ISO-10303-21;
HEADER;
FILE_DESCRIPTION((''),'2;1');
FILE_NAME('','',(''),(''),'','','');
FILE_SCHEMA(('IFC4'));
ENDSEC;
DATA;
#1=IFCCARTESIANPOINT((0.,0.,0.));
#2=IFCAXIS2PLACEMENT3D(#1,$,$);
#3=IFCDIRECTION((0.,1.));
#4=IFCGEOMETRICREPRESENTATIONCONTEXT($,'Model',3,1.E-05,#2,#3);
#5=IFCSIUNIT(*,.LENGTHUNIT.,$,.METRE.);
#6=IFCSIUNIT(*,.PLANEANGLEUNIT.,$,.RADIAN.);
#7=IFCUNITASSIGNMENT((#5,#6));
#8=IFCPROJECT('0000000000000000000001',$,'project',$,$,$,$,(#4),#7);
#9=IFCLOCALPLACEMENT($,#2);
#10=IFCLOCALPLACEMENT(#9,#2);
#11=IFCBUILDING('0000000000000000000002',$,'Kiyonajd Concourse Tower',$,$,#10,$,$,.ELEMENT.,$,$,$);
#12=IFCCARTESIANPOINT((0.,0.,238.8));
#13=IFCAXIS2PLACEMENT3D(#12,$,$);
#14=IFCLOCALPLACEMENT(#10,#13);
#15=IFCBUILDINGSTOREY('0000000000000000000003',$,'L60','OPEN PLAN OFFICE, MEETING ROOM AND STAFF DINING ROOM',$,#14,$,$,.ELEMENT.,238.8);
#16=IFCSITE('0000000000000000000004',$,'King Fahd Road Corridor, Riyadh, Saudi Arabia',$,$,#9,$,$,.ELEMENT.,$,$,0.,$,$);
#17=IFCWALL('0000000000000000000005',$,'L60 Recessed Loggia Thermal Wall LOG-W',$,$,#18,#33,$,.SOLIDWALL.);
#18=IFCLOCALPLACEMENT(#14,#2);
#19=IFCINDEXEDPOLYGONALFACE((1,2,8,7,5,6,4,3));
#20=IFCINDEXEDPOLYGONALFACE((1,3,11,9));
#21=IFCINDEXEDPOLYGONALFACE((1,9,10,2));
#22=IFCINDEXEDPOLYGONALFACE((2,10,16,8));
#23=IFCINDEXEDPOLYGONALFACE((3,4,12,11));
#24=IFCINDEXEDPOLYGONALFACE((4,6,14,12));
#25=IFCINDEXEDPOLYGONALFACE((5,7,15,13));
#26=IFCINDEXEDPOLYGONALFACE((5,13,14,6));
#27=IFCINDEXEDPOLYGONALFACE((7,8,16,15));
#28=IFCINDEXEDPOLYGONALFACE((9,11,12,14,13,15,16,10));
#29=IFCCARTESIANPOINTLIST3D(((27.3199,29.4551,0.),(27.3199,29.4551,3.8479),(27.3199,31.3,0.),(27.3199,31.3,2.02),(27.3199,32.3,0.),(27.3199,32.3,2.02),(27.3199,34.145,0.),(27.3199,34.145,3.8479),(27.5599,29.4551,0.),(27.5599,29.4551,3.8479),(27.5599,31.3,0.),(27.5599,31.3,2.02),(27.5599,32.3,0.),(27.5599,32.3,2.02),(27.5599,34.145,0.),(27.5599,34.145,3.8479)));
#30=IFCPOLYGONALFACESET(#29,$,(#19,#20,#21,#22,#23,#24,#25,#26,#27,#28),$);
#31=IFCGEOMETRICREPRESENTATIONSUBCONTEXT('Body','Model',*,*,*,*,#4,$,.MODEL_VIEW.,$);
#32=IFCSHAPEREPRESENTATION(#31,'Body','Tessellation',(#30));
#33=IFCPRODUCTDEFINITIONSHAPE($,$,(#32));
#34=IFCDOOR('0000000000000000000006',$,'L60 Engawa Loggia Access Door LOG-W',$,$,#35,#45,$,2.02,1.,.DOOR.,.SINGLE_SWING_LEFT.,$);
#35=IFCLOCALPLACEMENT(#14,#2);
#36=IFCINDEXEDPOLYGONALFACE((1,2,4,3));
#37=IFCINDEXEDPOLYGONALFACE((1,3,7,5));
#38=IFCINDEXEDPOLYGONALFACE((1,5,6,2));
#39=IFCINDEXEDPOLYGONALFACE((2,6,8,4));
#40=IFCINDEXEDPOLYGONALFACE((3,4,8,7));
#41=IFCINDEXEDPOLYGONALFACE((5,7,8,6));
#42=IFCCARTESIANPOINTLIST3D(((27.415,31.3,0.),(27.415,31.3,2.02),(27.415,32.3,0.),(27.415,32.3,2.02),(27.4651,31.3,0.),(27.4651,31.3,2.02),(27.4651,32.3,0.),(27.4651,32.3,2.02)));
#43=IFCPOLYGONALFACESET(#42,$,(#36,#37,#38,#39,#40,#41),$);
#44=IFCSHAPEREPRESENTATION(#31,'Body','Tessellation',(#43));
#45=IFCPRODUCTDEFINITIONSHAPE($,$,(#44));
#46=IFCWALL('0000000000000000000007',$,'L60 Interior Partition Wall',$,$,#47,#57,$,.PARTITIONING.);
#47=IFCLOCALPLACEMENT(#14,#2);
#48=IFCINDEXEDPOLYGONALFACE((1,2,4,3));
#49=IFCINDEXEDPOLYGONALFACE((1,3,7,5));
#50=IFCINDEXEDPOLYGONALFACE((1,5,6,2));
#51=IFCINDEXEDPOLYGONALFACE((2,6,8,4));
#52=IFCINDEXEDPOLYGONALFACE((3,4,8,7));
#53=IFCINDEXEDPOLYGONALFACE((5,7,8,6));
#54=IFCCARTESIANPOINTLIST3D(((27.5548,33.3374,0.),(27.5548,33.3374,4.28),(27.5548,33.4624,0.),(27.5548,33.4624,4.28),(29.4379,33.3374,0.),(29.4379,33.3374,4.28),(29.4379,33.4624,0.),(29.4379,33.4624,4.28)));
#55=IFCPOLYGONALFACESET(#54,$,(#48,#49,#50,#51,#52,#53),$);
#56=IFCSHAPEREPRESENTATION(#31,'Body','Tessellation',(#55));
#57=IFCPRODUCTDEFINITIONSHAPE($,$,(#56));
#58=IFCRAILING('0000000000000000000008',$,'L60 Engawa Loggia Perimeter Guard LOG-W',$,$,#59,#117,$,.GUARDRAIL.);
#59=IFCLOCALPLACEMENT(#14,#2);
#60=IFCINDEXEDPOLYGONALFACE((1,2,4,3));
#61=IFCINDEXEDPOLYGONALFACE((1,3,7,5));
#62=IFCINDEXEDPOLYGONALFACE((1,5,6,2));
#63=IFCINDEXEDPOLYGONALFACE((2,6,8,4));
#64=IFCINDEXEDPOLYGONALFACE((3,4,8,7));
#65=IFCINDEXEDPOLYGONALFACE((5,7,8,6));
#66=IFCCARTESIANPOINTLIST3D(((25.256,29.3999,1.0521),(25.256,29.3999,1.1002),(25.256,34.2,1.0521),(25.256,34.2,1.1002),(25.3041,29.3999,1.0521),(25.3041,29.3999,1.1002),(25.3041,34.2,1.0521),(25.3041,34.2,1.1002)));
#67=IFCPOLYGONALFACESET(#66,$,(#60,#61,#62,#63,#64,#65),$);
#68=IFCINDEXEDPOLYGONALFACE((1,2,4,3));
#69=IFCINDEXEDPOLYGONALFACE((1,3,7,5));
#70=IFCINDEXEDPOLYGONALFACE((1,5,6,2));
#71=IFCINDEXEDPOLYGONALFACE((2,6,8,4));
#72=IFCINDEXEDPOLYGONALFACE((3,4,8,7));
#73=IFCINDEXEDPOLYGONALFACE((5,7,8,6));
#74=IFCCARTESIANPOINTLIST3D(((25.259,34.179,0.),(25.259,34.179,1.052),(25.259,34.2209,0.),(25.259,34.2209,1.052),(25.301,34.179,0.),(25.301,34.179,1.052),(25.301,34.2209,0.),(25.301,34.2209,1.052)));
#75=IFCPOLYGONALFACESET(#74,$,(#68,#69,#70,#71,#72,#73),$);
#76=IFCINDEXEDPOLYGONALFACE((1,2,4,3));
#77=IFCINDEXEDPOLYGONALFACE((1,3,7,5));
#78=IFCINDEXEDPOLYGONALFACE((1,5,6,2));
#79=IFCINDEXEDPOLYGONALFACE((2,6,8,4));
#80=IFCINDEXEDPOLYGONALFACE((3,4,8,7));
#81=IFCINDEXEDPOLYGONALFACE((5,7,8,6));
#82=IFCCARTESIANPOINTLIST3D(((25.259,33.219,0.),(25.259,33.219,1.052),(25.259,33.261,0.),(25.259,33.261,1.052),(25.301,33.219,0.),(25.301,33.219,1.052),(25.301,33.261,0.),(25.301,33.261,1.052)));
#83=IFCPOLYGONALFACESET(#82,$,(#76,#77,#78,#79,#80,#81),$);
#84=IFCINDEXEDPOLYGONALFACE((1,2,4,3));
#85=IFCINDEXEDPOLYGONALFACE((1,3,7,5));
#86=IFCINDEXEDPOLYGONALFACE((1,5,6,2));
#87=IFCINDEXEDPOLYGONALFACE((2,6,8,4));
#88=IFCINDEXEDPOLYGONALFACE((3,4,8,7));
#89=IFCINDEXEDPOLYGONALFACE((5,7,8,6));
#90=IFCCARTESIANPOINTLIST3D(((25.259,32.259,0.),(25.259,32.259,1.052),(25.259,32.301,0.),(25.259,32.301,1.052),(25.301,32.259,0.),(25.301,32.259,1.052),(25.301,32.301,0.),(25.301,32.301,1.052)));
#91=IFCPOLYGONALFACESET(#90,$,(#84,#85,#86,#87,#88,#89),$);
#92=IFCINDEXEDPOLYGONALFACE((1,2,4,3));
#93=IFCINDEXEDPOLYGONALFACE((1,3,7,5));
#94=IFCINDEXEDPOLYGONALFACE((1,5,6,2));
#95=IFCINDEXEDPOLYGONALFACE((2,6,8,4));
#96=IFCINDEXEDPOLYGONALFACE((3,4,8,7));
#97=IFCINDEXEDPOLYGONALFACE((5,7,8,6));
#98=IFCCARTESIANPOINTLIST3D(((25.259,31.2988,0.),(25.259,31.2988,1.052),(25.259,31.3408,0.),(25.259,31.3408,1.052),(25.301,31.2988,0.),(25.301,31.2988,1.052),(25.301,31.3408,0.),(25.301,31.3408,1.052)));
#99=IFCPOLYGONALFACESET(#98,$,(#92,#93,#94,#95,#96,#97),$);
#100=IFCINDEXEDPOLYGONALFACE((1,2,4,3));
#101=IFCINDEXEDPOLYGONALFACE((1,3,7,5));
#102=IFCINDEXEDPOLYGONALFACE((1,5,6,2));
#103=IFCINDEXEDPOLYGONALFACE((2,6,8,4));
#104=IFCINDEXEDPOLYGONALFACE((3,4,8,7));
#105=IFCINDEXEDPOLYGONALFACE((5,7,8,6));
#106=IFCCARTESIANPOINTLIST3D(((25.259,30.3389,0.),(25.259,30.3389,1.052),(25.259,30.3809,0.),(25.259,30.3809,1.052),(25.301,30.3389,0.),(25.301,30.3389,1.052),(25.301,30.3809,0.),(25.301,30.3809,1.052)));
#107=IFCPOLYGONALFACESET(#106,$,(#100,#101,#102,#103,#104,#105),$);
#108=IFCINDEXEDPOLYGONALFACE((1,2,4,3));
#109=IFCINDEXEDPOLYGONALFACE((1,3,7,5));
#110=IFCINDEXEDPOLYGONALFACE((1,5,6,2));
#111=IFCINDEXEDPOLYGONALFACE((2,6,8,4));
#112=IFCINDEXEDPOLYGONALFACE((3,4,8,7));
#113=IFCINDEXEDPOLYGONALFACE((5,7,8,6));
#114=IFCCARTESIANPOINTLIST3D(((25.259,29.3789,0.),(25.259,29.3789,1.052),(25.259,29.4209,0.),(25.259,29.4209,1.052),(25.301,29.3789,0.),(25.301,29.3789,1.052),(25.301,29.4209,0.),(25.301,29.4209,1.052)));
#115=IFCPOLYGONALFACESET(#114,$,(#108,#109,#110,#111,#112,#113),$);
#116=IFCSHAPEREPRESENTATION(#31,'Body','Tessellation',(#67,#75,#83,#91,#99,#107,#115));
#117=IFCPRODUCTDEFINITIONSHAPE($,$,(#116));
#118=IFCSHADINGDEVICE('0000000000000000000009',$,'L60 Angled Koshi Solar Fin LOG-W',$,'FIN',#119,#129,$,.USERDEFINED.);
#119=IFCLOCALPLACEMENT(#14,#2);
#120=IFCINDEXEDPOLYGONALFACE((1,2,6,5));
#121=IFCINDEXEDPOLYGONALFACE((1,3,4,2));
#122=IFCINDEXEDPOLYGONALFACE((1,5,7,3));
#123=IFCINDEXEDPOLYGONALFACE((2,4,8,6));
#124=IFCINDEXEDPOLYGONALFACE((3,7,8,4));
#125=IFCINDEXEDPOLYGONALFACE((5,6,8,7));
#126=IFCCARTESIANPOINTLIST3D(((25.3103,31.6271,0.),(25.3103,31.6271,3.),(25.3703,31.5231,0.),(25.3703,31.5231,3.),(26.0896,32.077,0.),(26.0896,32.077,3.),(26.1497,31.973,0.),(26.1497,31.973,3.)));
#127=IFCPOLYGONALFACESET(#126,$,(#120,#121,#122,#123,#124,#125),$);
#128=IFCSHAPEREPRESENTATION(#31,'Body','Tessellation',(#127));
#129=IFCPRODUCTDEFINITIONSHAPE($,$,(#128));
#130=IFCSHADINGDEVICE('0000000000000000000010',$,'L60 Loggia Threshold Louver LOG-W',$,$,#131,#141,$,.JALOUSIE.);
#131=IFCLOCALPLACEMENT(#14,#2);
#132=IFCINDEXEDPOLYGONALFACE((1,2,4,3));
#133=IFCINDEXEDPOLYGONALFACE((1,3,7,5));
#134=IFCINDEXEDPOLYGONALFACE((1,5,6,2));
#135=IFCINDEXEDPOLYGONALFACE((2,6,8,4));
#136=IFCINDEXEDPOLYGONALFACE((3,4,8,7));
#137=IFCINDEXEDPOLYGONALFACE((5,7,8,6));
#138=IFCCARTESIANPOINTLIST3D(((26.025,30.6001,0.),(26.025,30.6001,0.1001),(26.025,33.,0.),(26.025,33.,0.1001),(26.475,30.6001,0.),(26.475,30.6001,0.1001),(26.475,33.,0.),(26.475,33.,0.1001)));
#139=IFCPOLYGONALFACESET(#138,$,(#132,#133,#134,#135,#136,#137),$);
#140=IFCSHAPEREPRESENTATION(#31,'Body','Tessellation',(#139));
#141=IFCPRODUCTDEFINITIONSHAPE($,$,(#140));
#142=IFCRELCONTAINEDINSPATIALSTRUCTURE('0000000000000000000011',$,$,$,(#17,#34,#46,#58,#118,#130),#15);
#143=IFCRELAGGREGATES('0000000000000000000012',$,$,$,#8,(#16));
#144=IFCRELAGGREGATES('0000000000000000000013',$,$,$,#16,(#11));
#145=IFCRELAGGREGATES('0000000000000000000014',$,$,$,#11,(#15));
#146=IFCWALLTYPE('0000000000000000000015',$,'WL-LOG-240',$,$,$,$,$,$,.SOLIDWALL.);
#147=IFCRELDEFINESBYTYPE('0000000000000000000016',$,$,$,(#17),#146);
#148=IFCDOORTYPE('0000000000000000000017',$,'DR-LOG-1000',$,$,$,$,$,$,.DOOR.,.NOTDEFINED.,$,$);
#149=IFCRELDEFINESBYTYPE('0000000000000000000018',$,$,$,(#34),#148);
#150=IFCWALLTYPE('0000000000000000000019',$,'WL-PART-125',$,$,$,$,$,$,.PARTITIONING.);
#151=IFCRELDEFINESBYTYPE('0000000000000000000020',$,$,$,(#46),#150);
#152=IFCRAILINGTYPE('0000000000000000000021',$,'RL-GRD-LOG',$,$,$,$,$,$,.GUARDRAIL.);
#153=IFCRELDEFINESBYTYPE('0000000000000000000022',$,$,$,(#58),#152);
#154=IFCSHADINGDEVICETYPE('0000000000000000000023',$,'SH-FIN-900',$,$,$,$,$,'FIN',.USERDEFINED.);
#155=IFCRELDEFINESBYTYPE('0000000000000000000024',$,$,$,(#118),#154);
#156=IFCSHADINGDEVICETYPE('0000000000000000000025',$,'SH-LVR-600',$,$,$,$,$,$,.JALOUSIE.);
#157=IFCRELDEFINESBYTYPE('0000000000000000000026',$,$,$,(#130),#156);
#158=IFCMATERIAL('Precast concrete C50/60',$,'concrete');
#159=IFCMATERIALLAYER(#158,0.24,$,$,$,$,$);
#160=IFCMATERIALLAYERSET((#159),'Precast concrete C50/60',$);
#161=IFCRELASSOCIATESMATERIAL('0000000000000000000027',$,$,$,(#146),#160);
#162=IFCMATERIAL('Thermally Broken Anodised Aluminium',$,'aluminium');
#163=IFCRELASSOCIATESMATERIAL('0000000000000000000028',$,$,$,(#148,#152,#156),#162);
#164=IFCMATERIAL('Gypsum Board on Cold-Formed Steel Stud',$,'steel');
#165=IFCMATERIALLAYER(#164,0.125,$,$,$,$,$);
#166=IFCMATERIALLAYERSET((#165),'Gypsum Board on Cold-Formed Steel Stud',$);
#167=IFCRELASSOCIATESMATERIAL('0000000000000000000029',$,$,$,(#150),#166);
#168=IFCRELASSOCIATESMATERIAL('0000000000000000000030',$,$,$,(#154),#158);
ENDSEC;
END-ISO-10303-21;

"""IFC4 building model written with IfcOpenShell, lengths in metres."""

from ifc_helpers import new_model, si_unit, direction, frame, frame_2d, origin, origin_2d, place, context, subcontext, project, spatial, rectangle, extrude, material, layer, layer_set, type_object, element, fill, save


model = new_model("IFC4")

# Units and contexts
model_context = context("Model", 3, precision=1e-05, world=origin(), true_north=direction((0.0, 1.0)))
body_context = subcontext(model_context, "Body", "Model", "MODEL_VIEW")
ifc_project = project(units=[si_unit("LENGTHUNIT", "METRE"), si_unit("PLANEANGLEUNIT", "RADIAN")], contexts=[model_context])

# Site, building, storey
site_placement = place(None, origin())
site = spatial("IfcSite", under=ifc_project, at=site_placement, Name="King Fahd Road Corridor, Riyadh, Saudi Arabia", CompositionType="ELEMENT", RefElevation=0.0)
building_placement = place(site_placement, origin())
building = spatial("IfcBuilding", under=site, at=building_placement, Name="Kiyonajd Concourse Tower", CompositionType="ELEMENT")
storey_placement = place(building_placement, frame((0.0, 0.0, 238.8)))
storey = spatial("IfcBuildingStorey", under=building, at=storey_placement, Name="L60", Description="OPEN PLAN OFFICE, MEETING ROOM AND STAFF DINING ROOM", CompositionType="ELEMENT", Elevation=238.8)

# Shared definitions
ifc_material_1 = material(Name="Thermally Broken Anodised Aluminium", Category="aluminium")

# Shared definitions
ifc_material_2 = material(Name="Precast concrete C50/60", Category="concrete")

# Wall, opening, door
ifc_layer_1 = layer(ifc_material_2, 0.24)
ifc_layer_set_1 = layer_set([ifc_layer_1], Name="Precast concrete C50/60")
wall_type_1 = type_object("IfcWallType", Name="WL-LOG-240", PredefinedType="SOLIDWALL", material=ifc_layer_set_1)
wall_1_placement = place(storey_placement, frame((27.4399, 29.4551, 0.0), z_axis=(0.0, 0.0, 1.0), x_axis=(0.0, 1.0, 0.0)))
wall_1 = element("IfcWall", 1, at=wall_1_placement, inside=storey, type_object=wall_type_1, Name="L60 Recessed Loggia Thermal Wall LOG-W", PredefinedType="SOLIDWALL", context=body_context, shape_type="SweptSolid", body=[
    extrude(rectangle(XDim=4.6899, YDim=0.24, at=frame_2d((2.345, 0.0))), origin(), (0.0, 0.0, 1.0), 3.8479),
])
opening_placement = place(wall_1_placement, frame((1.845, 0.0, 0.0)))
opening = element("IfcOpeningElement", 2, at=opening_placement, cuts=wall_1, PredefinedType="OPENING", context=body_context, shape_type="SweptSolid", body=[
    extrude(rectangle(XDim=1.0, YDim=2.02, at=frame_2d((0.5, 1.01))), frame((0.0, 0.1299, 0.0), z_axis=(0.0, -1.0, 0.0), x_axis=(1.0, 0.0, 0.0)), (0.0, 0.0, 1.0), 0.26),
])
door_type = type_object("IfcDoorType", Name="DR-LOG-1000", OperationType="NOTDEFINED", PredefinedType="DOOR", material=ifc_material_1)
door_placement = place(opening_placement, origin())
door = element("IfcDoor", 3, at=door_placement, inside=storey, type_object=door_type, Name="L60 Engawa Loggia Access Door LOG-W", OperationType="SINGLE_SWING_LEFT", OverallHeight=2.02, OverallWidth=1.0, PredefinedType="DOOR", context=body_context, shape_type="SweptSolid", body=[
    extrude(rectangle(XDim=1.0, YDim=2.02, at=frame_2d((0.5, 1.01))), frame((0.0, 0.0249, 0.0), z_axis=(0.0, -1.0, 0.0), x_axis=(1.0, 0.0, 0.0)), (0.0, 0.0, 1.0), 0.05),
])
fill(opening, door)

# Wall
ifc_material_3 = material(Name="Gypsum Board on Cold-Formed Steel Stud", Category="steel")
ifc_layer_2 = layer(ifc_material_3, 0.125)
ifc_layer_set_2 = layer_set([ifc_layer_2], Name="Gypsum Board on Cold-Formed Steel Stud")
wall_type_2 = type_object("IfcWallType", Name="WL-PART-125", PredefinedType="PARTITIONING", material=ifc_layer_set_2)
wall_2_placement = place(storey_placement, frame((27.5549, 33.3999, 0.0), z_axis=(0.0, 0.0, 1.0), x_axis=(1.0, 0.0, 0.0)))
element("IfcWall", 4, at=wall_2_placement, inside=storey, type_object=wall_type_2, Name="L60 Interior Partition Wall", PredefinedType="PARTITIONING", context=body_context, shape_type="SweptSolid", body=[
    extrude(rectangle(XDim=1.8831, YDim=0.125, at=frame_2d((0.9414, 0.0))), origin(), (0.0, 0.0, 1.0), 4.28),
])

# Railing
railing_type = type_object("IfcRailingType", Name="RL-GRD-LOG", PredefinedType="GUARDRAIL", material=ifc_material_1)
railing_placement = place(storey_placement, frame((25.28, 34.2, 0.0)))
element("IfcRailing", 5, at=railing_placement, inside=storey, type_object=railing_type, Name="L60 Engawa Loggia Perimeter Guard LOG-W", PredefinedType="GUARDRAIL", context=body_context, shape_type="SweptSolid", body=[
    extrude(rectangle(XDim=0.0481, YDim=0.0481, at=origin_2d()), frame((0.0, 0.0, 1.0762), z_axis=(0.0, -1.0, 0.0), x_axis=(1.0, 0.0, 0.0)), (0.0, 0.0, 1.0), 4.8),
    extrude(rectangle(XDim=0.042, YDim=0.042, at=origin_2d()), origin(), (0.0, 0.0, 1.0), 1.052),
    extrude(rectangle(XDim=0.042, YDim=0.042, at=origin_2d()), frame((0.0, -0.96, 0.0)), (0.0, 0.0, 1.0), 1.052),
    extrude(rectangle(XDim=0.042, YDim=0.042, at=origin_2d()), frame((0.0, -1.9199, 0.0)), (0.0, 0.0, 1.0), 1.052),
    extrude(rectangle(XDim=0.042, YDim=0.042, at=origin_2d()), frame((0.0, -2.8801, 0.0)), (0.0, 0.0, 1.0), 1.052),
    extrude(rectangle(XDim=0.042, YDim=0.042, at=origin_2d()), frame((0.0, -3.8401, 0.0)), (0.0, 0.0, 1.0), 1.052),
    extrude(rectangle(XDim=0.042, YDim=0.042, at=origin_2d()), frame((0.0, -4.8, 0.0)), (0.0, 0.0, 1.0), 1.052),
])

# Shading devices
shading_device_type_1 = type_object("IfcShadingDeviceType", Name="SH-FIN-900", ElementType="FIN", PredefinedType="USERDEFINED", material=ifc_material_2)
shading_device_1_placement = place(storey_placement, frame((25.73, 31.8, 0.0), z_axis=(0.0, 0.0, 1.0), x_axis=(0.866025, 0.5, 0.0)))
element("IfcShadingDevice", 6, at=shading_device_1_placement, inside=storey, type_object=shading_device_type_1, Name="L60 Angled Koshi Solar Fin LOG-W", ObjectType="FIN", PredefinedType="USERDEFINED", context=body_context, shape_type="SweptSolid", body=[
    extrude(rectangle(XDim=0.8999, YDim=0.1201, at=origin_2d()), origin(), (0.0, 0.0, 1.0), 3.0),
])
shading_device_type_2 = type_object("IfcShadingDeviceType", Name="SH-LVR-600", PredefinedType="JALOUSIE", material=ifc_material_1)
shading_device_2_placement = place(storey_placement, frame((26.25, 31.8, 0.0), z_axis=(0.0, 0.0, 1.0), x_axis=(0.0, 1.0, 0.0)))
element("IfcShadingDevice", 7, at=shading_device_2_placement, inside=storey, type_object=shading_device_type_2, Name="L60 Loggia Threshold Louver LOG-W", PredefinedType="JALOUSIE", context=body_context, shape_type="SweptSolid", body=[
    extrude(rectangle(XDim=2.3999, YDim=0.45, at=origin_2d()), origin(), (0.0, 0.0, 1.0), 0.1001),
])

save(model, "model.ifc")
